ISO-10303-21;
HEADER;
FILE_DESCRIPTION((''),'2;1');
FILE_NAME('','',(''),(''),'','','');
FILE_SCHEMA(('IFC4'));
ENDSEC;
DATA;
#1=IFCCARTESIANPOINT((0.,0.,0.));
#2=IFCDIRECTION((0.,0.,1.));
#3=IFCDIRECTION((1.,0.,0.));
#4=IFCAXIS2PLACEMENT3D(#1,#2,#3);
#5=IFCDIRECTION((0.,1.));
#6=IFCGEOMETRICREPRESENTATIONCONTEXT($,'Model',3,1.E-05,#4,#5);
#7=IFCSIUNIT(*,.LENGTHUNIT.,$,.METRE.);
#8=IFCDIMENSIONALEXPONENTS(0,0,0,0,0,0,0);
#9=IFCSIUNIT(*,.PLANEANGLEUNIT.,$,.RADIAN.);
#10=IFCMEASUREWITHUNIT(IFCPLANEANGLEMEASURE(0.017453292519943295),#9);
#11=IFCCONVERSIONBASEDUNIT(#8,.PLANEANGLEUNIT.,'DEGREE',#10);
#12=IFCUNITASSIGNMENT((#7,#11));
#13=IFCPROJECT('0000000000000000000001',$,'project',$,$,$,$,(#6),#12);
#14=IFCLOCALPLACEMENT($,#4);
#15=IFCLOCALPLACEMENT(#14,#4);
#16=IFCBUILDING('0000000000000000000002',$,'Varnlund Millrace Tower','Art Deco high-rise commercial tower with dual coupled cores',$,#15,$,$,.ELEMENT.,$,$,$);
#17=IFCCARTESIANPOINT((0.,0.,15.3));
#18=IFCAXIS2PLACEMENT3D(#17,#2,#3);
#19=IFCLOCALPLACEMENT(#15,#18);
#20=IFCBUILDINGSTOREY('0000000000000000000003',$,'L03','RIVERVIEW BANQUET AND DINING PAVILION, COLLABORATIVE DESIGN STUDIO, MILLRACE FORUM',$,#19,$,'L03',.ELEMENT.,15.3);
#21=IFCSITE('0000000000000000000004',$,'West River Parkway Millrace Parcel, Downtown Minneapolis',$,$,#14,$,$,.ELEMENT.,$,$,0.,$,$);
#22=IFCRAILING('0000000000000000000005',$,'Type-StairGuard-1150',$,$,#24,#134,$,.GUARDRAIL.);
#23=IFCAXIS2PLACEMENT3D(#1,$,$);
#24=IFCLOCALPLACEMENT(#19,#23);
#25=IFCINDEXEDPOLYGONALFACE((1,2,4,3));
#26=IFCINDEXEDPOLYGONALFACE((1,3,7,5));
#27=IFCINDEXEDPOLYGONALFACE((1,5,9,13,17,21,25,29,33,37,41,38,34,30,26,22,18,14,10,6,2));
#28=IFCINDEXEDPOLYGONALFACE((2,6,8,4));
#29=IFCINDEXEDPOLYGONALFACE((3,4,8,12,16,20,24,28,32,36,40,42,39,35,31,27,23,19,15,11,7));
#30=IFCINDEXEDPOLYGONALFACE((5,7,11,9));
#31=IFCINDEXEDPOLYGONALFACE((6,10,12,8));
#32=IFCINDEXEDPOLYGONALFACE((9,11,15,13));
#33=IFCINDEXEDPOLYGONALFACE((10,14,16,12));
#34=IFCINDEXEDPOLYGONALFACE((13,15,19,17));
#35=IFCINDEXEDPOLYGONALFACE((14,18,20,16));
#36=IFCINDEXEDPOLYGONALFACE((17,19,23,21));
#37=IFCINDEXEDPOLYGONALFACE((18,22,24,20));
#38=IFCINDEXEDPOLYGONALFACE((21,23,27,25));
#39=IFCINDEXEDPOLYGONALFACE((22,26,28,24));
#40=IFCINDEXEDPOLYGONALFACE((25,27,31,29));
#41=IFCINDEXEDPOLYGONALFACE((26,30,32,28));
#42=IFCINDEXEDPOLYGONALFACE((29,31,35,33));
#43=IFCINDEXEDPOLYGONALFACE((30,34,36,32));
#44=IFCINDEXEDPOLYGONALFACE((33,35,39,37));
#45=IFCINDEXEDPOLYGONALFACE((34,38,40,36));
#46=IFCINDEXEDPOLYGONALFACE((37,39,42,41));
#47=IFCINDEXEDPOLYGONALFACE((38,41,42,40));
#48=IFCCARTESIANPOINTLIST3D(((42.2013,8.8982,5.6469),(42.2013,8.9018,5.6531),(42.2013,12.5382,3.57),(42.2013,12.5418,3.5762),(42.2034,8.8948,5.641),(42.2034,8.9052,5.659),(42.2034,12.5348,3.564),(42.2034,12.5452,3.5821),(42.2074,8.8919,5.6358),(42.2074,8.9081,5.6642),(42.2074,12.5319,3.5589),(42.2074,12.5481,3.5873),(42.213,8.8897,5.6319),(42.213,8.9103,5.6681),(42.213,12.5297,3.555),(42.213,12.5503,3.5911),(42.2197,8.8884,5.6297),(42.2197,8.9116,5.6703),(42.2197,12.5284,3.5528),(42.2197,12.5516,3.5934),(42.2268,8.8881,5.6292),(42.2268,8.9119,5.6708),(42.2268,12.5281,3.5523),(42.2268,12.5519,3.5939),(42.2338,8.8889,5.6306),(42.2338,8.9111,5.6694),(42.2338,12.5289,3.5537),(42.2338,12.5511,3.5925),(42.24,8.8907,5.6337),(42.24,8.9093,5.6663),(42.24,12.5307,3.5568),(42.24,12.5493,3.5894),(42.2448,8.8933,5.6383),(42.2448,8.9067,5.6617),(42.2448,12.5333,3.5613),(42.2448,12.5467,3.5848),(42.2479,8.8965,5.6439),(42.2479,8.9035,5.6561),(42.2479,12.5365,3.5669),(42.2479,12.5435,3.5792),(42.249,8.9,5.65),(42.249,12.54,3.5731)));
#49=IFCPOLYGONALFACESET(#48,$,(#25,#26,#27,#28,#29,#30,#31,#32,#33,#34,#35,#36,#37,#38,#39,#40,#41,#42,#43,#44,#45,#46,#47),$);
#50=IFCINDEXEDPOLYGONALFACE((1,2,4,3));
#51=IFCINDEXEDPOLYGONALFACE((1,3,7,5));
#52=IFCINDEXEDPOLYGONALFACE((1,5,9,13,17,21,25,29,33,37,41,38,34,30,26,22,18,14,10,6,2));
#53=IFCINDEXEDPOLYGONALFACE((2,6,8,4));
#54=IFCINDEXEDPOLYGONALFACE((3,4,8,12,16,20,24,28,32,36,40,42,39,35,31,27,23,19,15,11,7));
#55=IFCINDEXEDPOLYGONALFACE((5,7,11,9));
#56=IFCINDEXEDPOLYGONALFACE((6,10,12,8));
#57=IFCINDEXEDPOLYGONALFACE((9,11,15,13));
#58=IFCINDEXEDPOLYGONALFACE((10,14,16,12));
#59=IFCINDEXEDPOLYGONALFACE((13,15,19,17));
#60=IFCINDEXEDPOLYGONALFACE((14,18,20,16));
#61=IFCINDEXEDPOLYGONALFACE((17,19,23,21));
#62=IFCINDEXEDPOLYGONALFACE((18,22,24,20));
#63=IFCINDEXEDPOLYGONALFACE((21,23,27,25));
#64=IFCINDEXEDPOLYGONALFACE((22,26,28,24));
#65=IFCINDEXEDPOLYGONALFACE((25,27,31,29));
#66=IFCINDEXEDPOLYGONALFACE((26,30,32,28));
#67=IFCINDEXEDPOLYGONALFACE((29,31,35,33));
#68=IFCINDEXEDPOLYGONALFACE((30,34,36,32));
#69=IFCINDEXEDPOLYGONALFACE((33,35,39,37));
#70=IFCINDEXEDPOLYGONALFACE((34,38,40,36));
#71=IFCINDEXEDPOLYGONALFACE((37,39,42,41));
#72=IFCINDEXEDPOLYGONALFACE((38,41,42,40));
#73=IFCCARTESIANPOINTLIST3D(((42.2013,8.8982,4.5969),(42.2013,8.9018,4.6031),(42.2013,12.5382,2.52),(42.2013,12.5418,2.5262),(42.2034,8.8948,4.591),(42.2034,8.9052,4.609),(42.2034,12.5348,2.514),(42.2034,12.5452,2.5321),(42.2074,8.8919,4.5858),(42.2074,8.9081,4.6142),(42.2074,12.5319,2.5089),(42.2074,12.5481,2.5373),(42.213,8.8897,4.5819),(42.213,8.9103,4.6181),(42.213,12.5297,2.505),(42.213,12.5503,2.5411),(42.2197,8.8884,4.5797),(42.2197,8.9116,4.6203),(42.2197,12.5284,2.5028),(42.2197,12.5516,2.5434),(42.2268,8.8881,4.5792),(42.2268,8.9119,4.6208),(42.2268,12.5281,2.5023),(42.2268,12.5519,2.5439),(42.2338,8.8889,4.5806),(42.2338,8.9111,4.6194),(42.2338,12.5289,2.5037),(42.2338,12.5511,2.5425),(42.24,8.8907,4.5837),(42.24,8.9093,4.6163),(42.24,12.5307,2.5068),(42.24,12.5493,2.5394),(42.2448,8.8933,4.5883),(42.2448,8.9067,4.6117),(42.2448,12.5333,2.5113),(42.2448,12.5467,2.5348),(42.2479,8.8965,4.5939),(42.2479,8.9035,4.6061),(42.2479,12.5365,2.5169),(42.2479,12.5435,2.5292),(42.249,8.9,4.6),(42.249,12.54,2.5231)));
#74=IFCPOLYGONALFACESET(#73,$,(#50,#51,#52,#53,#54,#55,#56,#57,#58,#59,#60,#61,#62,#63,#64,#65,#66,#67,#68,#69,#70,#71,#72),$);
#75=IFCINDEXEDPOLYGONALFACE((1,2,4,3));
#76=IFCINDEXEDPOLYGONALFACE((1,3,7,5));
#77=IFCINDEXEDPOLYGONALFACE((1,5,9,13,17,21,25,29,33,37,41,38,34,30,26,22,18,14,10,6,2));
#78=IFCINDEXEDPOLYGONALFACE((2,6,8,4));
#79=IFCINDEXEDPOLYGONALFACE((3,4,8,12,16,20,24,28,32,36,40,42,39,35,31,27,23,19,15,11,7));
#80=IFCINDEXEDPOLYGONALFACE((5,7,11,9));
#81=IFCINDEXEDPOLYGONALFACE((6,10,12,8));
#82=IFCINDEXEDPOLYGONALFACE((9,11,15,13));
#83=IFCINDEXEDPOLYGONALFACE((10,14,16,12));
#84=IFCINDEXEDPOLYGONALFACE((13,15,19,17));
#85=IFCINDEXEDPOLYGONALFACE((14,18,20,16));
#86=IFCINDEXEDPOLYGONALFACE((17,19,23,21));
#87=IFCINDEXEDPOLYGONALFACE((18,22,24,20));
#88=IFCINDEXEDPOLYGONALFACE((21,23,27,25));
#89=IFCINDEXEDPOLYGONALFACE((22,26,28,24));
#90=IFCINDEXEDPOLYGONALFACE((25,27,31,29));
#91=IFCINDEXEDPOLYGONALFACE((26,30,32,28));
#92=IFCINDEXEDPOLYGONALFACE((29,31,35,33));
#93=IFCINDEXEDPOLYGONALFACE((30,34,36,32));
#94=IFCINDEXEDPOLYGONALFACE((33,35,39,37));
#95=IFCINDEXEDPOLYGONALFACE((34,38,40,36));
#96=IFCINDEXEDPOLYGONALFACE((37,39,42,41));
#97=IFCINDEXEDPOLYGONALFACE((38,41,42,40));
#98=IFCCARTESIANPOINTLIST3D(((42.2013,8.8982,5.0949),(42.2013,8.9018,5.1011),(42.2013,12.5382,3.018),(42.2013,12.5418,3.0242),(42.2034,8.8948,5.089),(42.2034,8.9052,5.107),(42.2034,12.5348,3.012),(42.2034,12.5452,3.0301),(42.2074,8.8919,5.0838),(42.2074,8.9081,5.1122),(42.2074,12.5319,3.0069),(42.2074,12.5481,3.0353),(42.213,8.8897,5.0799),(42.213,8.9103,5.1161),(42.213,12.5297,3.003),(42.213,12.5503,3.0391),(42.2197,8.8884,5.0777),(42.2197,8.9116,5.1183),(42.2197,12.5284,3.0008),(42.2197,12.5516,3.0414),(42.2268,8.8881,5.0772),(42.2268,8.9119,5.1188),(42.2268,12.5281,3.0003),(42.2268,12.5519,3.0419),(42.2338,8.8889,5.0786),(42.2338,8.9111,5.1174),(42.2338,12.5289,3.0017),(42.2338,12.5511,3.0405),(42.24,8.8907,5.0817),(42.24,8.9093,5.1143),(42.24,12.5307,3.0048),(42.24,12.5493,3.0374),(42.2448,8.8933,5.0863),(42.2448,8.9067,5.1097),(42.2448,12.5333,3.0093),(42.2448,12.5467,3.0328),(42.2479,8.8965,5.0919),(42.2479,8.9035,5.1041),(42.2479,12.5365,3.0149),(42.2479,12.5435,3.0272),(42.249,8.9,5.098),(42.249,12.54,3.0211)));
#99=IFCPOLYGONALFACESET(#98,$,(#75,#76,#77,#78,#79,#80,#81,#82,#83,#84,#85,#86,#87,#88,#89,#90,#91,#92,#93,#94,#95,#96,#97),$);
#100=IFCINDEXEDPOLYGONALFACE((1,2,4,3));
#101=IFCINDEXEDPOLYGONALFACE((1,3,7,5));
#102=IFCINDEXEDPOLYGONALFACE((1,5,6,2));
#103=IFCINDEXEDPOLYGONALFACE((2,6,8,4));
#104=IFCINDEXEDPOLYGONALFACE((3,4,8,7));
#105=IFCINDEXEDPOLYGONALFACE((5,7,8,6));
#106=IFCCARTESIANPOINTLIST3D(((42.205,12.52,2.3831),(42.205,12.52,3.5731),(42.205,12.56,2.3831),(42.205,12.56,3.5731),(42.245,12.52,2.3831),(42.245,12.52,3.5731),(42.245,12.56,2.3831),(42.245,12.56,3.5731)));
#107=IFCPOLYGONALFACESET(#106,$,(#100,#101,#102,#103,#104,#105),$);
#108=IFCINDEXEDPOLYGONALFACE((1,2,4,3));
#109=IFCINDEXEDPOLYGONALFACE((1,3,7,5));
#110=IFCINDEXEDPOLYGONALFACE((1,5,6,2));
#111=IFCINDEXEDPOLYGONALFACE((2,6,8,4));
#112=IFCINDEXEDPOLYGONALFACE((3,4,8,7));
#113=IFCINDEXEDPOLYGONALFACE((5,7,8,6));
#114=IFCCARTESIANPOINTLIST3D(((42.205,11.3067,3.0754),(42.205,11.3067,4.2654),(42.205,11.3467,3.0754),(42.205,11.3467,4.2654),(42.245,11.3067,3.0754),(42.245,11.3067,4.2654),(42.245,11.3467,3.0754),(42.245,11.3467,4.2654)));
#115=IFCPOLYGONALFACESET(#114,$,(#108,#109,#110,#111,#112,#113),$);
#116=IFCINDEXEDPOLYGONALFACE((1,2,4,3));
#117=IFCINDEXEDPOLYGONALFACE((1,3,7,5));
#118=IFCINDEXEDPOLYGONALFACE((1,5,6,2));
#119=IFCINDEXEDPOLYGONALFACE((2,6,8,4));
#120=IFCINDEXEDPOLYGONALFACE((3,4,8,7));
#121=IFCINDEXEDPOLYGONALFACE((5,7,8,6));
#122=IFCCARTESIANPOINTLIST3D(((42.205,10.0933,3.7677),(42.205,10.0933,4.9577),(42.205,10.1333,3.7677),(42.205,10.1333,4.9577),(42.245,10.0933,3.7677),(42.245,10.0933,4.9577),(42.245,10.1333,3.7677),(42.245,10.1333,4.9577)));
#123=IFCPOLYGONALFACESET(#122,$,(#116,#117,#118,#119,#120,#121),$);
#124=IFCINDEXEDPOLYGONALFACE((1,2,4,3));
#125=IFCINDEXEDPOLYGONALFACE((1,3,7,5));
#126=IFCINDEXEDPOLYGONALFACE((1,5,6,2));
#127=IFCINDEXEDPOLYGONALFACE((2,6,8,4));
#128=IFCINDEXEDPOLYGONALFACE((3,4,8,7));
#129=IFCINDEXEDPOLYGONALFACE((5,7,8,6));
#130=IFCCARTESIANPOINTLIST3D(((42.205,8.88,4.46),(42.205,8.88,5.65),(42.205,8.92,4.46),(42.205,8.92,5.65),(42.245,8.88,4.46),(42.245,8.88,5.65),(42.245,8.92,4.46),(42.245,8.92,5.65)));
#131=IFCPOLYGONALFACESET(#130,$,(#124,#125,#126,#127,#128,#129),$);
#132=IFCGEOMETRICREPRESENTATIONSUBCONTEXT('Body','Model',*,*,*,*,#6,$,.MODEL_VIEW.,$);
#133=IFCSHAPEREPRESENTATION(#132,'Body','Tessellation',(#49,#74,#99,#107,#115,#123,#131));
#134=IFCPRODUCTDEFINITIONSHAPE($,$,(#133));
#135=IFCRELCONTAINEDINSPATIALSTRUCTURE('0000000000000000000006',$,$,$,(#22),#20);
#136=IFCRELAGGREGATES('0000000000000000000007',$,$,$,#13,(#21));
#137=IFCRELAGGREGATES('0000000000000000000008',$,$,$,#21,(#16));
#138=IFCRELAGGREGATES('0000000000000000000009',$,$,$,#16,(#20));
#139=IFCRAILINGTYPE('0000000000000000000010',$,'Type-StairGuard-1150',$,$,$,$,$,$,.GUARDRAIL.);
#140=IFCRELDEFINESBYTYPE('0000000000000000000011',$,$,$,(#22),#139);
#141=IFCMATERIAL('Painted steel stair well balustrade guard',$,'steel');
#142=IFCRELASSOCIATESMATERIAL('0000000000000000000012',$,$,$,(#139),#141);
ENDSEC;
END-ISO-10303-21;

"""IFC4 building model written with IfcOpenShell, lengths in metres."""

from ifc_helpers import new_model, entity, si_unit, converted_unit, direction, frame, origin_with_axes, origin_2d_with_axis, place, context, subcontext, project, spatial, rectangle, circle, extrude, material, type_object, element, save


model = new_model("IFC4")

# Units and contexts
model_context = context("Model", 3, precision=1e-05, world=origin_with_axes(), true_north=direction((0.0, 1.0)))
body_context = subcontext(model_context, "Body", "Model", "MODEL_VIEW")
ifc_project = project(units=[si_unit("LENGTHUNIT", "METRE"), converted_unit("PLANEANGLEUNIT", "DEGREE", entity("IfcPlaneAngleMeasure", 0.017453292519943295), si_unit("PLANEANGLEUNIT", "RADIAN"), dimensions=[0, 0, 0, 0, 0, 0, 0])], contexts=[model_context])

# Site, building, storey
site_placement = place(None, origin_with_axes())
site = spatial("IfcSite", under=ifc_project, at=site_placement, Name="West River Parkway Millrace Parcel, Downtown Minneapolis", CompositionType="ELEMENT", RefElevation=0.0)
building_placement = place(site_placement, origin_with_axes())
building = spatial("IfcBuilding", under=site, at=building_placement, Name="Varnlund Millrace Tower", Description="Art Deco high-rise commercial tower with dual coupled cores", CompositionType="ELEMENT")
storey_placement = place(building_placement, frame((0.0, 0.0, 15.3), z_axis=(0.0, 0.0, 1.0), x_axis=(1.0, 0.0, 0.0)))
storey = spatial("IfcBuildingStorey", under=building, at=storey_placement, Name="L03", Description="RIVERVIEW BANQUET AND DINING PAVILION, COLLABORATIVE DESIGN STUDIO, MILLRACE FORUM", LongName="L03", CompositionType="ELEMENT", Elevation=15.3)

# Railing
ifc_material_1 = material(Name="Painted steel stair well balustrade guard", Category="steel")
railing_type_1 = type_object("IfcRailingType", Name="Type-StairGuard-1150", PredefinedType="GUARDRAIL", material=ifc_material_1)
railing_1_placement = place(storey_placement, frame((0.0, 0.0, -15.3), z_axis=(0.0, 0.0, 1.0), x_axis=(1.0, 0.0, 0.0)))
element("IfcRailing", 1, at=railing_1_placement, inside=storey, type_object=railing_type_1, Name="Type-StairGuard-1150", PredefinedType="GUARDRAIL", context=body_context, shape_type="SweptSolid", body=[
    extrude(circle(Radius=0.024, at=origin_2d_with_axis()), frame((42.225, 12.54, 18.8731), z_axis=(0.0, -0.868559, 0.495585), x_axis=(1.0, 0.0, 0.0)), (0.0, 0.0, 1.0), 4.1908),
    extrude(circle(Radius=0.024, at=origin_2d_with_axis()), frame((42.225, 12.54, 17.8231), z_axis=(0.0, -0.868559, 0.495585), x_axis=(1.0, 0.0, 0.0)), (0.0, 0.0, 1.0), 4.1908),
    extrude(circle(Radius=0.024, at=origin_2d_with_axis()), frame((42.225, 12.54, 18.3211), z_axis=(0.0, -0.868559, 0.495585), x_axis=(1.0, 0.0, 0.0)), (0.0, 0.0, 1.0), 4.1908),
    extrude(rectangle(XDim=0.04, YDim=0.04, at=origin_2d_with_axis()), frame((42.225, 12.54, 17.6831), z_axis=(0.0, 0.0, 1.0), x_axis=(1.0, 0.0, 0.0)), (0.0, 0.0, 1.0), 1.19),
    extrude(rectangle(XDim=0.04, YDim=0.04, at=origin_2d_with_axis()), frame((42.225, 11.3267, 18.3754), z_axis=(0.0, 0.0, 1.0), x_axis=(1.0, 0.0, 0.0)), (0.0, 0.0, 1.0), 1.19),
    extrude(rectangle(XDim=0.04, YDim=0.04, at=origin_2d_with_axis()), frame((42.225, 10.1133, 19.0677), z_axis=(0.0, 0.0, 1.0), x_axis=(1.0, 0.0, 0.0)), (0.0, 0.0, 1.0), 1.19),
    extrude(rectangle(XDim=0.04, YDim=0.04, at=origin_2d_with_axis()), frame((42.225, 8.9, 19.76), z_axis=(0.0, 0.0, 1.0), x_axis=(1.0, 0.0, 0.0)), (0.0, 0.0, 1.0), 1.19),
])

save(model, "model.ifc")
